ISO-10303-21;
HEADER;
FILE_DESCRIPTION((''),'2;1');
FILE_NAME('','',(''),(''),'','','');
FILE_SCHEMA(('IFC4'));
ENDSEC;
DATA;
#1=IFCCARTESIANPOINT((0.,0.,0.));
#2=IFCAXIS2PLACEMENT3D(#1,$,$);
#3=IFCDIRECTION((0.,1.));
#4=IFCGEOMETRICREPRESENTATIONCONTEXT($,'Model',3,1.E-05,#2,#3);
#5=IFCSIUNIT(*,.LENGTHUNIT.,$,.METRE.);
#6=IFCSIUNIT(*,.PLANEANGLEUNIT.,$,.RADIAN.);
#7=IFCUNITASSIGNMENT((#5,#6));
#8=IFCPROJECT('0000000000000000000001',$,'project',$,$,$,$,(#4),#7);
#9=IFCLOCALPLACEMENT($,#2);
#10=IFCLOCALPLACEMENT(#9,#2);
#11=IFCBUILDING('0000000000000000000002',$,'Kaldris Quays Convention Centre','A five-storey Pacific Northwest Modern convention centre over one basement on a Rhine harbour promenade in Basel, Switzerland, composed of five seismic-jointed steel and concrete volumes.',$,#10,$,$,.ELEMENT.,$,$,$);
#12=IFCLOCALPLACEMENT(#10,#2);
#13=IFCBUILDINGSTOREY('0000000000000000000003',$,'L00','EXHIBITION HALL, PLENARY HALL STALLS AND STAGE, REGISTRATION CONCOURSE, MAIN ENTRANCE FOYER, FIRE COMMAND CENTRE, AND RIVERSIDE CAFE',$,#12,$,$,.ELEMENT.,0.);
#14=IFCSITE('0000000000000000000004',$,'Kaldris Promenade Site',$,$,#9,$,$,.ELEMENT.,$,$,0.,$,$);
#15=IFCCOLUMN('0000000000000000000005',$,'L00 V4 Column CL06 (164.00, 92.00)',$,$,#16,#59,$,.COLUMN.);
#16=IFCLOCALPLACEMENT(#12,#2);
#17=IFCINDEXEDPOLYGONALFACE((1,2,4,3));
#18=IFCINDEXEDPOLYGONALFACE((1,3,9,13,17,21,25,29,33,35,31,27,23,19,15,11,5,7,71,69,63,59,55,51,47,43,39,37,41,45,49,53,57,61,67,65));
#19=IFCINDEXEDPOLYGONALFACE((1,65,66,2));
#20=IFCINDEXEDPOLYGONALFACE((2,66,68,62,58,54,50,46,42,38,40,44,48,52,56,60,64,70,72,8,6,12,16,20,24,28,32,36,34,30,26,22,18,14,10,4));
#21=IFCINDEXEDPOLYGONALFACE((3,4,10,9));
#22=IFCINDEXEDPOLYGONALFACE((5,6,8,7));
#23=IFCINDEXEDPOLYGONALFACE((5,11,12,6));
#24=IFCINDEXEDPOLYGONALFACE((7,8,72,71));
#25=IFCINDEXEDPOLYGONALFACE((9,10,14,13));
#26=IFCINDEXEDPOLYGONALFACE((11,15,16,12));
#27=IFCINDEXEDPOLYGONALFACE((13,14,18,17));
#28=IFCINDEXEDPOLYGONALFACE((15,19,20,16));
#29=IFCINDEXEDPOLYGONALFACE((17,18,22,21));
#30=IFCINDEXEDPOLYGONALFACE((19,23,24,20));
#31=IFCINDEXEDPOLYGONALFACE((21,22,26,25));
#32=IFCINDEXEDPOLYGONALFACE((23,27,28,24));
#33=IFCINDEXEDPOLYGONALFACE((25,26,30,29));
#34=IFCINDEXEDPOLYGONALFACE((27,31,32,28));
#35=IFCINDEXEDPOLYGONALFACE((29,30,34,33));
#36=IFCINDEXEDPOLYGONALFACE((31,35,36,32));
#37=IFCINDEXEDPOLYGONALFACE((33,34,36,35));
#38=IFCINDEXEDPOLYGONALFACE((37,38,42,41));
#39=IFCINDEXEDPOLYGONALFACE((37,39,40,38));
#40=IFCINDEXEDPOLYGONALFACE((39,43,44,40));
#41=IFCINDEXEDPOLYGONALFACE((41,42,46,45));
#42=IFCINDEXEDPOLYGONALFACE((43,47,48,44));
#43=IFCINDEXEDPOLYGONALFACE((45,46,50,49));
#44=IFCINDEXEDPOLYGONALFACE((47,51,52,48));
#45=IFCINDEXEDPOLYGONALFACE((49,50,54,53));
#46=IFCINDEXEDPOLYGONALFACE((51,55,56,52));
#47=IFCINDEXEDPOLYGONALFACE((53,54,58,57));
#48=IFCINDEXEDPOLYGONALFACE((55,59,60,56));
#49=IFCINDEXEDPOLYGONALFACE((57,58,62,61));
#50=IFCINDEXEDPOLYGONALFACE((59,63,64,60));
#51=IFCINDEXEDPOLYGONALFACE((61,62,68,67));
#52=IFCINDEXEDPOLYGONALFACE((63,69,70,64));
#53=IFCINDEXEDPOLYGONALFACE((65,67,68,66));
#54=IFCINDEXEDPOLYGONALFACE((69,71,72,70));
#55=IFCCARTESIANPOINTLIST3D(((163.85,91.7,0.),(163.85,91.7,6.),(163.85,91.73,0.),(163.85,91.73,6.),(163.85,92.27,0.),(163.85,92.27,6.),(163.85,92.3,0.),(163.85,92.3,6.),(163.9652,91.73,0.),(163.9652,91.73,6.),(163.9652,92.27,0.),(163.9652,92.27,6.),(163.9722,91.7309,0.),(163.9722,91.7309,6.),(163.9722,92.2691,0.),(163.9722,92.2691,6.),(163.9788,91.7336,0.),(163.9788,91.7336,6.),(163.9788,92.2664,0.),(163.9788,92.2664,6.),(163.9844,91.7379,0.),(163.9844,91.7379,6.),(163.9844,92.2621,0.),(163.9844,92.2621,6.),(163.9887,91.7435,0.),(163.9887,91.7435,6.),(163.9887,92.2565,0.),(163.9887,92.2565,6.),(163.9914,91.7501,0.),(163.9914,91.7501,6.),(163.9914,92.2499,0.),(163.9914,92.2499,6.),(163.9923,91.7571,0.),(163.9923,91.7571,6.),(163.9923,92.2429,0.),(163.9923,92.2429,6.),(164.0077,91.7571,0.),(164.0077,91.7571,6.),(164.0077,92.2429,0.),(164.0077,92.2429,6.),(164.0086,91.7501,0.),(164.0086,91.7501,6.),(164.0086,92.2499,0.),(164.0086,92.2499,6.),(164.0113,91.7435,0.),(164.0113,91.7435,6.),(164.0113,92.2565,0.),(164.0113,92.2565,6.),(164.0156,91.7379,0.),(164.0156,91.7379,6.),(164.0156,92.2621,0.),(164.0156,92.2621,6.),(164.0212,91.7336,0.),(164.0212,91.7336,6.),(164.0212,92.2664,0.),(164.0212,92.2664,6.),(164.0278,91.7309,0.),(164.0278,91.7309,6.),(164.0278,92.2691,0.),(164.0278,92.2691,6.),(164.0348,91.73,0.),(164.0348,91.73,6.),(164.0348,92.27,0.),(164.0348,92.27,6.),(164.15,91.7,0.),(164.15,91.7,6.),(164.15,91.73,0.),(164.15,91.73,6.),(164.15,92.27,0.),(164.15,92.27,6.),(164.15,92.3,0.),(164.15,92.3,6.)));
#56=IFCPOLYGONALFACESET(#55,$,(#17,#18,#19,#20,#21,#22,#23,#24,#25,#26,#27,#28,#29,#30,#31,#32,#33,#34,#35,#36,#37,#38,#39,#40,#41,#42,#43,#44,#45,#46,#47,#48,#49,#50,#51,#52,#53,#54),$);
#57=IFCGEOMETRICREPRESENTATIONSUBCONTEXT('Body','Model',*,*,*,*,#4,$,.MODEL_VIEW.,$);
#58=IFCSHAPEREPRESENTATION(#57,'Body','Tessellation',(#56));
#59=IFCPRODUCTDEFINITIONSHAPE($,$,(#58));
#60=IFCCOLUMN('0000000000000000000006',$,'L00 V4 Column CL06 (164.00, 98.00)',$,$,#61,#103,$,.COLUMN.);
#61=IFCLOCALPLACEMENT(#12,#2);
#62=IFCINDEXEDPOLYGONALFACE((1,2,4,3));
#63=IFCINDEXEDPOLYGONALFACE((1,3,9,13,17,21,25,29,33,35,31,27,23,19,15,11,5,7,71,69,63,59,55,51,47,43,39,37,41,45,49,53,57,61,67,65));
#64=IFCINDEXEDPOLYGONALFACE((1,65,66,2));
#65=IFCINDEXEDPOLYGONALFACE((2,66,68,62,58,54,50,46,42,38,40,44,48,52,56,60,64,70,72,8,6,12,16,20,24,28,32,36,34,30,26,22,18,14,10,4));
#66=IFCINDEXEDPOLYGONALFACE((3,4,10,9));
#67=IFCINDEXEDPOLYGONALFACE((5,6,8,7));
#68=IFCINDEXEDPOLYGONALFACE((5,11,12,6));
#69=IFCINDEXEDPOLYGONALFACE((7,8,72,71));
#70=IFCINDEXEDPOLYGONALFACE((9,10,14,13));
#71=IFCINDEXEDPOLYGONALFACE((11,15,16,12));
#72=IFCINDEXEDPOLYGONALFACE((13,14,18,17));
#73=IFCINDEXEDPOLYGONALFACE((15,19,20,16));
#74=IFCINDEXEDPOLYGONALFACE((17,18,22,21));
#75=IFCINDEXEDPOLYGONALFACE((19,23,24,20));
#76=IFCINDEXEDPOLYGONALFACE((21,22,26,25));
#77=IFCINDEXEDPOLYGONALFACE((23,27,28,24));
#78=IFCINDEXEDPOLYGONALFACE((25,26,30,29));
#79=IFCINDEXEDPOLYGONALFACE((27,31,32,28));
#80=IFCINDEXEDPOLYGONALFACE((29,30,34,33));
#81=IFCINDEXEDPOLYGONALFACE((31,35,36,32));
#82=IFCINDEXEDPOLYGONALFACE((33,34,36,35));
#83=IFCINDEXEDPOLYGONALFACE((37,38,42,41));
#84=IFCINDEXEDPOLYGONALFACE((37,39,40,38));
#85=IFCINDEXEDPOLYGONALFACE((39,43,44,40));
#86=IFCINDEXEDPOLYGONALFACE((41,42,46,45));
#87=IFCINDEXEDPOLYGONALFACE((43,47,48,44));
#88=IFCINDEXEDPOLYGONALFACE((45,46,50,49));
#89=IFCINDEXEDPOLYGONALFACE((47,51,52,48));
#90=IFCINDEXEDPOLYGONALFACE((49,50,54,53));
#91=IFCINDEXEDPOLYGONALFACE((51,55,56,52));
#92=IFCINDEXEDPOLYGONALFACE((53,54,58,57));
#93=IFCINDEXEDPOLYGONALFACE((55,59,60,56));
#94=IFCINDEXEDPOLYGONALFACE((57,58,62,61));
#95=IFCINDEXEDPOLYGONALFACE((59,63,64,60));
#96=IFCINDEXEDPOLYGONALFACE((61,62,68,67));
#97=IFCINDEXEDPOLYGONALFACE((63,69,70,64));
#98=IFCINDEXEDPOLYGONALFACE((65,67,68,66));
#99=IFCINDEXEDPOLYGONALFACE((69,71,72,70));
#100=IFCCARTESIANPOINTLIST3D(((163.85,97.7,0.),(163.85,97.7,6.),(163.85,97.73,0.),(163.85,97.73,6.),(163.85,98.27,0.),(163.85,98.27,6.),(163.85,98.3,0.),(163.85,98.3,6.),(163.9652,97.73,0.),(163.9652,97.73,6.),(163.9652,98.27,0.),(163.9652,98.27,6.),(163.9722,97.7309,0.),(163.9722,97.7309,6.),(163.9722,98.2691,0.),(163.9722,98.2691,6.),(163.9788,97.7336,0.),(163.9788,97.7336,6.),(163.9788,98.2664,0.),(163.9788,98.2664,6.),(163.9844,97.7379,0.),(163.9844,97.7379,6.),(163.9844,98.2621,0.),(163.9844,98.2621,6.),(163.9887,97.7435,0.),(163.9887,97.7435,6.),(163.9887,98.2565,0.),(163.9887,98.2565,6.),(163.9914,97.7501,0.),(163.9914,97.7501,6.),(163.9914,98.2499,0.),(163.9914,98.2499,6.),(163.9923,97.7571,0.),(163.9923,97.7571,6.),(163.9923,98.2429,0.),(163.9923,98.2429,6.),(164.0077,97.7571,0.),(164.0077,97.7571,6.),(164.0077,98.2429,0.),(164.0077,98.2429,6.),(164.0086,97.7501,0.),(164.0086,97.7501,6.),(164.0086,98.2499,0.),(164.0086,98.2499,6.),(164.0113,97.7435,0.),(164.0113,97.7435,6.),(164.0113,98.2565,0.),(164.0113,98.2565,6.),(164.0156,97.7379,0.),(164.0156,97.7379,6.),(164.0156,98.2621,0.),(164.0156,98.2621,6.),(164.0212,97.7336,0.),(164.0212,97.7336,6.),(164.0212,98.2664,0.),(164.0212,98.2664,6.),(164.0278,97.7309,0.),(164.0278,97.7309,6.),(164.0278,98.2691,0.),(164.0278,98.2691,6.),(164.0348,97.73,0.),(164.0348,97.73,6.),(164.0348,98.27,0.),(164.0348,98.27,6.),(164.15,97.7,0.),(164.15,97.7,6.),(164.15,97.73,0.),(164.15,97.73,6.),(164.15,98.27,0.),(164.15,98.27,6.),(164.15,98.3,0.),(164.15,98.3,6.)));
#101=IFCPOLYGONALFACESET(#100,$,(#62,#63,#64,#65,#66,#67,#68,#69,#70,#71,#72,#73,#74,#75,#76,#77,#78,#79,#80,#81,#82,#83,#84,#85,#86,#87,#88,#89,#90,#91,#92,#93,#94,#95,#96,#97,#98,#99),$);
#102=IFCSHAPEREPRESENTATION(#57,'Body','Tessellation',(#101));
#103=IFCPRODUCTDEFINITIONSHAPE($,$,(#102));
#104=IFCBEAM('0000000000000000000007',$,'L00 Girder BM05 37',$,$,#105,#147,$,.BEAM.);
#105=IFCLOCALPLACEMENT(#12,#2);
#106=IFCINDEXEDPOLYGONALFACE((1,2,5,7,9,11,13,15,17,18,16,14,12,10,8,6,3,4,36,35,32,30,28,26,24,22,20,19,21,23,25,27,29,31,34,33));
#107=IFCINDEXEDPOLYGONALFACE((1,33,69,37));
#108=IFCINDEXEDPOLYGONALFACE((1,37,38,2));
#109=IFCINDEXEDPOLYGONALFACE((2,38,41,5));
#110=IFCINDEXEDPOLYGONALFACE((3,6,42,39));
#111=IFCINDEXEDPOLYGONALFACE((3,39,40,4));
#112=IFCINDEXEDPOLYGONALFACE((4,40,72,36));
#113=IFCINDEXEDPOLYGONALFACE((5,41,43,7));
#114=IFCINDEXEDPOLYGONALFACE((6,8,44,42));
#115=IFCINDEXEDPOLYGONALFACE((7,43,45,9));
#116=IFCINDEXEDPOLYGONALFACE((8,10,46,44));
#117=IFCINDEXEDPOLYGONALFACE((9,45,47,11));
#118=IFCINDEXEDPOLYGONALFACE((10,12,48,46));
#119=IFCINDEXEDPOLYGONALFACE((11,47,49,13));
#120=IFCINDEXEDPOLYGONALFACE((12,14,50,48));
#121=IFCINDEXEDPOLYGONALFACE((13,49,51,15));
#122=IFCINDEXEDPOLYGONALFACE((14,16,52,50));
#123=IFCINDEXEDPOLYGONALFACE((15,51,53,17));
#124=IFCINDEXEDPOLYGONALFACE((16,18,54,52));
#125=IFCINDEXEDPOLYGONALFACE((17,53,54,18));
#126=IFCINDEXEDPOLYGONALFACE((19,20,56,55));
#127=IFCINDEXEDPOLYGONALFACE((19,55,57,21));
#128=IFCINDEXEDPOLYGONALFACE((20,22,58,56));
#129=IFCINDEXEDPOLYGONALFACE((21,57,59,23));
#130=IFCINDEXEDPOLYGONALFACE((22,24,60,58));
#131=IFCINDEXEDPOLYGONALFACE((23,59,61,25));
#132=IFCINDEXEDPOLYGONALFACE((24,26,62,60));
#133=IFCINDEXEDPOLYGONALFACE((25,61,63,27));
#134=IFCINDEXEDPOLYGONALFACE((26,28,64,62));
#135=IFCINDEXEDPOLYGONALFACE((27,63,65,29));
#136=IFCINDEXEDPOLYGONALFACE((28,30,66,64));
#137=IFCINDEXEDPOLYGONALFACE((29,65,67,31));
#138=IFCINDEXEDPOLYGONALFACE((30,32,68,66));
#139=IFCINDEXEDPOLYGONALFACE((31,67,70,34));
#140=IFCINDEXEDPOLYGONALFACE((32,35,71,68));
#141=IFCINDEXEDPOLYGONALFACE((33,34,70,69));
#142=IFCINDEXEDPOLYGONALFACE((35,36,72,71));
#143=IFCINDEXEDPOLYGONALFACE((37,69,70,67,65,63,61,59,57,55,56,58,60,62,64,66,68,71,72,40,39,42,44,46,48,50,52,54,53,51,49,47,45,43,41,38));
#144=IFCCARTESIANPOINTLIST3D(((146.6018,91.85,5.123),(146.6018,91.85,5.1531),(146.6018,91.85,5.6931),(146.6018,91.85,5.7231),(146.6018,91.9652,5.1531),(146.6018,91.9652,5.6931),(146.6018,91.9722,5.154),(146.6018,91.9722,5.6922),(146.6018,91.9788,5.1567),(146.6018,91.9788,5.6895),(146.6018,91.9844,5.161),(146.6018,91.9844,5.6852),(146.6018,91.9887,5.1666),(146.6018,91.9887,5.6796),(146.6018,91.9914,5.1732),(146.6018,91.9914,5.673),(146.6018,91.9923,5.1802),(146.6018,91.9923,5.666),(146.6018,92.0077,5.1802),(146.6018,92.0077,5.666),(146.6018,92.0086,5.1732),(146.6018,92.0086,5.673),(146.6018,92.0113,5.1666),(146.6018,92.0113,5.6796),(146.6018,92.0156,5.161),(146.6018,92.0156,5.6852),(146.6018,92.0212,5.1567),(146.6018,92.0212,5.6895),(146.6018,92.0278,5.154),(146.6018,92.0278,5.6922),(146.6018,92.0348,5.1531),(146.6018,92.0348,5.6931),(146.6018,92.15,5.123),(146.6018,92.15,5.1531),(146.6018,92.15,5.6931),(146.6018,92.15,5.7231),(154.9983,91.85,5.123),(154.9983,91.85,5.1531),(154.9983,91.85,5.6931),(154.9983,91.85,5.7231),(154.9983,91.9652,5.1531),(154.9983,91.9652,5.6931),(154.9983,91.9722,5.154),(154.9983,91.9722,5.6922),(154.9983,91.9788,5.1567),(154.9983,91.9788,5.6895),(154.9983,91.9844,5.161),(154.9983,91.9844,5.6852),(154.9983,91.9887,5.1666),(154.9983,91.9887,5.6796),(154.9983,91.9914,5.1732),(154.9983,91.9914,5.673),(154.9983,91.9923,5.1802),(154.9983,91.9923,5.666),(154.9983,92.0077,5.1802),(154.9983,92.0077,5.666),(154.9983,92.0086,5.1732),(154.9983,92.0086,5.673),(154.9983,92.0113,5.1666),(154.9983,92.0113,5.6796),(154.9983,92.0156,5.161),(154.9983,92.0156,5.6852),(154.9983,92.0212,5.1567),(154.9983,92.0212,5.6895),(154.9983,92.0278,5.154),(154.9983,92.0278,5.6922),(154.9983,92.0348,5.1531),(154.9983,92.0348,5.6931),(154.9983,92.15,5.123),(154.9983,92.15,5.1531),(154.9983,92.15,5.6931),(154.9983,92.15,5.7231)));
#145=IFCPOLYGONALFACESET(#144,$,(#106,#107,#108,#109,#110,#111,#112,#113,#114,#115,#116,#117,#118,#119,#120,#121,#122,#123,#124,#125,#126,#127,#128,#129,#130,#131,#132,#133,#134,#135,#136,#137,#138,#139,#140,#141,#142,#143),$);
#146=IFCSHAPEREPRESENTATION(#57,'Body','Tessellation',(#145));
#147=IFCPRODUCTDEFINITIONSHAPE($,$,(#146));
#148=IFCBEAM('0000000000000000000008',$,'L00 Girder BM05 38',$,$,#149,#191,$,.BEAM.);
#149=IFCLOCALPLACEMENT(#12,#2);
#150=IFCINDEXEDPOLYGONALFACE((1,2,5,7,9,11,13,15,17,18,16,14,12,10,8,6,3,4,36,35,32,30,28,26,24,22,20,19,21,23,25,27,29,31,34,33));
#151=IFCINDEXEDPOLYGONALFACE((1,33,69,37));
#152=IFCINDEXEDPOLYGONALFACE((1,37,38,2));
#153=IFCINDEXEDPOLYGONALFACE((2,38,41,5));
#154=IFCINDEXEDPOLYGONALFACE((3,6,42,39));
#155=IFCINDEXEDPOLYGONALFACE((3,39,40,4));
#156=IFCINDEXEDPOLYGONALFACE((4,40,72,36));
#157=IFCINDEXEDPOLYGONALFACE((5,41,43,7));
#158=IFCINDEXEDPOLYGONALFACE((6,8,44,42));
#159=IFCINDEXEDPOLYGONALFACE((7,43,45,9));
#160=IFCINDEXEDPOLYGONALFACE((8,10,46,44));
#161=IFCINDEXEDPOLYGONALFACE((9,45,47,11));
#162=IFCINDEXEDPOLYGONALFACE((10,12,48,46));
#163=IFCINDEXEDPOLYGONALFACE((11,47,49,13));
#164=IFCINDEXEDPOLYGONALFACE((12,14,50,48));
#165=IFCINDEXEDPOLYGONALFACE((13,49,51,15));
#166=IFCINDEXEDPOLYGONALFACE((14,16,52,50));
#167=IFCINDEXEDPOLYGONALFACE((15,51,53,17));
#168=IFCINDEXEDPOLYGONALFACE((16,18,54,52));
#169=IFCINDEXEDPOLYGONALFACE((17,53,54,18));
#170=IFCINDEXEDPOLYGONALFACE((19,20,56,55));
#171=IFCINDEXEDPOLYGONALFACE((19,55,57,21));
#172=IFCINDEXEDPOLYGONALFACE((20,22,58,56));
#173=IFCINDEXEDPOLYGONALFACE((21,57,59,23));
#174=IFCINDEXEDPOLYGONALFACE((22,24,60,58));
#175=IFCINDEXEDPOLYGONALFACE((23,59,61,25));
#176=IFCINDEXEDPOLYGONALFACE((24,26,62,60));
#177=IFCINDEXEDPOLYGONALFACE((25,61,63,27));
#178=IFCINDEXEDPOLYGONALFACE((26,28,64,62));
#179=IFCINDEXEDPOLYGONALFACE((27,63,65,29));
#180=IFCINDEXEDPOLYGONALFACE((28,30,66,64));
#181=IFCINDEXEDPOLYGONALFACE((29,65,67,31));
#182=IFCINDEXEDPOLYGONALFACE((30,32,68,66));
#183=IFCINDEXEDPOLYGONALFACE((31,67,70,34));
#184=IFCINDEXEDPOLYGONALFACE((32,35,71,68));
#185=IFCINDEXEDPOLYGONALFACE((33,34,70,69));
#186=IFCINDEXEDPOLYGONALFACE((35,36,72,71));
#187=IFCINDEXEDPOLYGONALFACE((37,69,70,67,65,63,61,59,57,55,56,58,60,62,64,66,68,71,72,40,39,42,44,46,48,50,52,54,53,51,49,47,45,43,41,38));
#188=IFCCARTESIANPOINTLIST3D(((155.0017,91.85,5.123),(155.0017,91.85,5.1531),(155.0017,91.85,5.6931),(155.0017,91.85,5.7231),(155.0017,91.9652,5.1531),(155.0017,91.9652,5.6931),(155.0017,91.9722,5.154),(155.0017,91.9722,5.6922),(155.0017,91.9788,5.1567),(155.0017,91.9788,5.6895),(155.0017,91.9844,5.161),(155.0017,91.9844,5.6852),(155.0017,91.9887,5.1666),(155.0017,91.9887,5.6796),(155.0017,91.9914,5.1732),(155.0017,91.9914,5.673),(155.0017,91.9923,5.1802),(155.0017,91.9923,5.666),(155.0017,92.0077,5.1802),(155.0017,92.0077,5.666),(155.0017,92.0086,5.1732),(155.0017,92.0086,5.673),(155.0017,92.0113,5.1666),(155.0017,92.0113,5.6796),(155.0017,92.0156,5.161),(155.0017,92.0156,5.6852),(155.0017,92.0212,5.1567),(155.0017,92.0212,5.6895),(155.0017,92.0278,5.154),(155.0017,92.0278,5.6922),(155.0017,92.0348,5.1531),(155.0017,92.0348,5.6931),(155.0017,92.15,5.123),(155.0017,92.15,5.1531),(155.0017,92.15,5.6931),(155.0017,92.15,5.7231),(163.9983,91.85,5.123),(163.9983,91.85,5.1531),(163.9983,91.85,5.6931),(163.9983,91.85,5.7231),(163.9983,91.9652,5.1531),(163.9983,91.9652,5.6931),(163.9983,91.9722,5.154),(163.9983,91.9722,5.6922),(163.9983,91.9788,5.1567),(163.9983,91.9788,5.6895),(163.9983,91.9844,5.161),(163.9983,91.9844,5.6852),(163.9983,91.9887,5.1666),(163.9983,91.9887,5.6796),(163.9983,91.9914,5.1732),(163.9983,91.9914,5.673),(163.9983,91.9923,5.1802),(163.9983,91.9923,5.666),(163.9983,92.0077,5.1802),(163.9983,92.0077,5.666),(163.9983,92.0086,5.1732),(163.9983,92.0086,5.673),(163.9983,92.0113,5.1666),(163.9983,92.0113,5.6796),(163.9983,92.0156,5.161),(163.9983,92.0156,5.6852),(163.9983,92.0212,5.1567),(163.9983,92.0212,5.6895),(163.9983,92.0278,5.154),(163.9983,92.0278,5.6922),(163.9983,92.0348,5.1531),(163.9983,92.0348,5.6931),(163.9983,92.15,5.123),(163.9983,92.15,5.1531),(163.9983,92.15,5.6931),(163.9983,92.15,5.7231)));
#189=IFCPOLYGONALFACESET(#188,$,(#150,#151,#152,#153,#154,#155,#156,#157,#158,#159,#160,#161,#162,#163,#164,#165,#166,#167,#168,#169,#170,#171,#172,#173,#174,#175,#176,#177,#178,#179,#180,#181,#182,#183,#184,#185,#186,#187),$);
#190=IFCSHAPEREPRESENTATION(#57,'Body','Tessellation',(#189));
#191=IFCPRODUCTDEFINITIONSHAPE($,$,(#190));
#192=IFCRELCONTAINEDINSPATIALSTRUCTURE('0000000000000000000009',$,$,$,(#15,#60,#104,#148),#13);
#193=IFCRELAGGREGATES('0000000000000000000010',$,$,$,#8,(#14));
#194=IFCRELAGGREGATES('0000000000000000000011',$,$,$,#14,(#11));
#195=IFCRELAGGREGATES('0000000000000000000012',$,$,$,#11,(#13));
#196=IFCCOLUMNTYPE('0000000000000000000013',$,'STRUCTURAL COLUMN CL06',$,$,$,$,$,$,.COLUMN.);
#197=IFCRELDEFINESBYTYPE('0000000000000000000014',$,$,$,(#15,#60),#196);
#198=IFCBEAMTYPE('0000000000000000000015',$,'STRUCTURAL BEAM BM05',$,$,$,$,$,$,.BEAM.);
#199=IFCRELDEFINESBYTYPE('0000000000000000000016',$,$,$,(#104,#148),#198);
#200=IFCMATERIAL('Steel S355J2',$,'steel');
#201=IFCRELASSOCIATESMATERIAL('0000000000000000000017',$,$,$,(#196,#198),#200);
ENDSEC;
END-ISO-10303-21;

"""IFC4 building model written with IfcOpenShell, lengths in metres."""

from ifc_helpers import new_model, si_unit, direction, frame, origin, origin_2d, place, context, subcontext, project, spatial, i_section, extrude, material, material_profile, profile_set, type_object, element, save


model = new_model("IFC4")

# Units and contexts
model_context = context("Model", 3, precision=1e-05, world=origin(), true_north=direction((0.0, 1.0)))
body_context = subcontext(model_context, "Body", "Model", "MODEL_VIEW")
ifc_project = project(units=[si_unit("LENGTHUNIT", "METRE"), si_unit("PLANEANGLEUNIT", "RADIAN")], contexts=[model_context])

# Site, building, storey
site_placement = place(None, origin())
site = spatial("IfcSite", under=ifc_project, at=site_placement, Name="Kaldris Promenade Site", CompositionType="ELEMENT", RefElevation=0.0)
building_placement = place(site_placement, origin())
building = spatial("IfcBuilding", under=site, at=building_placement, Name="Kaldris Quays Convention Centre", Description="A five-storey Pacific Northwest Modern convention centre over one basement on a Rhine harbour promenade in Basel, Switzerland, composed of five seismic-jointed steel and concrete volumes.", CompositionType="ELEMENT")
storey_placement = place(building_placement, origin())
storey = spatial("IfcBuildingStorey", under=building, at=storey_placement, Name="L00", Description="EXHIBITION HALL, PLENARY HALL STALLS AND STAGE, REGISTRATION CONCOURSE, MAIN ENTRANCE FOYER, FIRE COMMAND CENTRE, AND RIVERSIDE CAFE", CompositionType="ELEMENT", Elevation=0.0)

# Columns
ifc_material_1 = material(Name="Steel S355J2", Category="steel")
ifc_material_profile_1 = material_profile(ifc_material_1, i_section(OverallWidth=0.3, OverallDepth=0.6001, WebThickness=0.0154, FlangeThickness=0.03, FilletRadius=0.0271, at=origin_2d()), Name="HEB 600")
ifc_profile_set_1 = profile_set([ifc_material_profile_1], Name="Steel S355J2")
column_type_1 = type_object("IfcColumnType", Name="STRUCTURAL COLUMN CL06", PredefinedType="COLUMN", material=ifc_profile_set_1)
for number, where, z_axis, x_axis, name in (
    (1, (164.0, 92.0, 0.0), (0.0, 0.0, 1.0), (1.0, 0.0, 0.0), "L00 V4 Column CL06 (164.00, 92.00)"),
    (2, (164.0, 98.0, 0.0), (0.0, 0.0, 1.0), (1.0, 0.0, 0.0), "L00 V4 Column CL06 (164.00, 98.00)"),
):
    element("IfcColumn", number, at=place(storey_placement, frame(where, z_axis=z_axis, x_axis=x_axis)), inside=storey, type_object=column_type_1, Name=name, PredefinedType="COLUMN", context=body_context, shape_type="SweptSolid", body=[
        extrude(i_section(OverallWidth=0.3, OverallDepth=0.6001, WebThickness=0.0154, FlangeThickness=0.03, FilletRadius=0.0271, at=origin_2d()), origin(), (0.0, 0.0, 1.0), 6.0),
    ])

# Beams
ifc_material_profile_2 = material_profile(ifc_material_1, i_section(OverallWidth=0.3, OverallDepth=0.6001, WebThickness=0.0154, FlangeThickness=0.03, FilletRadius=0.0271, at=origin_2d()), Name="HEB 600")
ifc_profile_set_2 = profile_set([ifc_material_profile_2], Name="Steel S355J2")
beam_type_1 = type_object("IfcBeamType", Name="STRUCTURAL BEAM BM05", PredefinedType="BEAM", material=ifc_profile_set_2)
beam_1_placement = place(storey_placement, frame((146.6018, 92.0, 5.4231), z_axis=(1.0, 0.0, 0.0), x_axis=(0.0, 1.0, 0.0)))
element("IfcBeam", 3, at=beam_1_placement, inside=storey, type_object=beam_type_1, Name="L00 Girder BM05 37", PredefinedType="BEAM", context=body_context, shape_type="SweptSolid", body=[
    extrude(i_section(OverallWidth=0.3, OverallDepth=0.6001, WebThickness=0.0154, FlangeThickness=0.03, FilletRadius=0.0271, at=origin_2d()), origin(), (0.0, 0.0, 1.0), 8.3965),
])
beam_2_placement = place(storey_placement, frame((155.0017, 92.0, 5.4231), z_axis=(1.0, 0.0, 0.0), x_axis=(0.0, 1.0, 0.0)))
element("IfcBeam", 4, at=beam_2_placement, inside=storey, type_object=beam_type_1, Name="L00 Girder BM05 38", PredefinedType="BEAM", context=body_context, shape_type="SweptSolid", body=[
    extrude(i_section(OverallWidth=0.3, OverallDepth=0.6001, WebThickness=0.0154, FlangeThickness=0.03, FilletRadius=0.0271, at=origin_2d()), origin(), (0.0, 0.0, 1.0), 8.9966),
])

save(model, "model.ifc")
